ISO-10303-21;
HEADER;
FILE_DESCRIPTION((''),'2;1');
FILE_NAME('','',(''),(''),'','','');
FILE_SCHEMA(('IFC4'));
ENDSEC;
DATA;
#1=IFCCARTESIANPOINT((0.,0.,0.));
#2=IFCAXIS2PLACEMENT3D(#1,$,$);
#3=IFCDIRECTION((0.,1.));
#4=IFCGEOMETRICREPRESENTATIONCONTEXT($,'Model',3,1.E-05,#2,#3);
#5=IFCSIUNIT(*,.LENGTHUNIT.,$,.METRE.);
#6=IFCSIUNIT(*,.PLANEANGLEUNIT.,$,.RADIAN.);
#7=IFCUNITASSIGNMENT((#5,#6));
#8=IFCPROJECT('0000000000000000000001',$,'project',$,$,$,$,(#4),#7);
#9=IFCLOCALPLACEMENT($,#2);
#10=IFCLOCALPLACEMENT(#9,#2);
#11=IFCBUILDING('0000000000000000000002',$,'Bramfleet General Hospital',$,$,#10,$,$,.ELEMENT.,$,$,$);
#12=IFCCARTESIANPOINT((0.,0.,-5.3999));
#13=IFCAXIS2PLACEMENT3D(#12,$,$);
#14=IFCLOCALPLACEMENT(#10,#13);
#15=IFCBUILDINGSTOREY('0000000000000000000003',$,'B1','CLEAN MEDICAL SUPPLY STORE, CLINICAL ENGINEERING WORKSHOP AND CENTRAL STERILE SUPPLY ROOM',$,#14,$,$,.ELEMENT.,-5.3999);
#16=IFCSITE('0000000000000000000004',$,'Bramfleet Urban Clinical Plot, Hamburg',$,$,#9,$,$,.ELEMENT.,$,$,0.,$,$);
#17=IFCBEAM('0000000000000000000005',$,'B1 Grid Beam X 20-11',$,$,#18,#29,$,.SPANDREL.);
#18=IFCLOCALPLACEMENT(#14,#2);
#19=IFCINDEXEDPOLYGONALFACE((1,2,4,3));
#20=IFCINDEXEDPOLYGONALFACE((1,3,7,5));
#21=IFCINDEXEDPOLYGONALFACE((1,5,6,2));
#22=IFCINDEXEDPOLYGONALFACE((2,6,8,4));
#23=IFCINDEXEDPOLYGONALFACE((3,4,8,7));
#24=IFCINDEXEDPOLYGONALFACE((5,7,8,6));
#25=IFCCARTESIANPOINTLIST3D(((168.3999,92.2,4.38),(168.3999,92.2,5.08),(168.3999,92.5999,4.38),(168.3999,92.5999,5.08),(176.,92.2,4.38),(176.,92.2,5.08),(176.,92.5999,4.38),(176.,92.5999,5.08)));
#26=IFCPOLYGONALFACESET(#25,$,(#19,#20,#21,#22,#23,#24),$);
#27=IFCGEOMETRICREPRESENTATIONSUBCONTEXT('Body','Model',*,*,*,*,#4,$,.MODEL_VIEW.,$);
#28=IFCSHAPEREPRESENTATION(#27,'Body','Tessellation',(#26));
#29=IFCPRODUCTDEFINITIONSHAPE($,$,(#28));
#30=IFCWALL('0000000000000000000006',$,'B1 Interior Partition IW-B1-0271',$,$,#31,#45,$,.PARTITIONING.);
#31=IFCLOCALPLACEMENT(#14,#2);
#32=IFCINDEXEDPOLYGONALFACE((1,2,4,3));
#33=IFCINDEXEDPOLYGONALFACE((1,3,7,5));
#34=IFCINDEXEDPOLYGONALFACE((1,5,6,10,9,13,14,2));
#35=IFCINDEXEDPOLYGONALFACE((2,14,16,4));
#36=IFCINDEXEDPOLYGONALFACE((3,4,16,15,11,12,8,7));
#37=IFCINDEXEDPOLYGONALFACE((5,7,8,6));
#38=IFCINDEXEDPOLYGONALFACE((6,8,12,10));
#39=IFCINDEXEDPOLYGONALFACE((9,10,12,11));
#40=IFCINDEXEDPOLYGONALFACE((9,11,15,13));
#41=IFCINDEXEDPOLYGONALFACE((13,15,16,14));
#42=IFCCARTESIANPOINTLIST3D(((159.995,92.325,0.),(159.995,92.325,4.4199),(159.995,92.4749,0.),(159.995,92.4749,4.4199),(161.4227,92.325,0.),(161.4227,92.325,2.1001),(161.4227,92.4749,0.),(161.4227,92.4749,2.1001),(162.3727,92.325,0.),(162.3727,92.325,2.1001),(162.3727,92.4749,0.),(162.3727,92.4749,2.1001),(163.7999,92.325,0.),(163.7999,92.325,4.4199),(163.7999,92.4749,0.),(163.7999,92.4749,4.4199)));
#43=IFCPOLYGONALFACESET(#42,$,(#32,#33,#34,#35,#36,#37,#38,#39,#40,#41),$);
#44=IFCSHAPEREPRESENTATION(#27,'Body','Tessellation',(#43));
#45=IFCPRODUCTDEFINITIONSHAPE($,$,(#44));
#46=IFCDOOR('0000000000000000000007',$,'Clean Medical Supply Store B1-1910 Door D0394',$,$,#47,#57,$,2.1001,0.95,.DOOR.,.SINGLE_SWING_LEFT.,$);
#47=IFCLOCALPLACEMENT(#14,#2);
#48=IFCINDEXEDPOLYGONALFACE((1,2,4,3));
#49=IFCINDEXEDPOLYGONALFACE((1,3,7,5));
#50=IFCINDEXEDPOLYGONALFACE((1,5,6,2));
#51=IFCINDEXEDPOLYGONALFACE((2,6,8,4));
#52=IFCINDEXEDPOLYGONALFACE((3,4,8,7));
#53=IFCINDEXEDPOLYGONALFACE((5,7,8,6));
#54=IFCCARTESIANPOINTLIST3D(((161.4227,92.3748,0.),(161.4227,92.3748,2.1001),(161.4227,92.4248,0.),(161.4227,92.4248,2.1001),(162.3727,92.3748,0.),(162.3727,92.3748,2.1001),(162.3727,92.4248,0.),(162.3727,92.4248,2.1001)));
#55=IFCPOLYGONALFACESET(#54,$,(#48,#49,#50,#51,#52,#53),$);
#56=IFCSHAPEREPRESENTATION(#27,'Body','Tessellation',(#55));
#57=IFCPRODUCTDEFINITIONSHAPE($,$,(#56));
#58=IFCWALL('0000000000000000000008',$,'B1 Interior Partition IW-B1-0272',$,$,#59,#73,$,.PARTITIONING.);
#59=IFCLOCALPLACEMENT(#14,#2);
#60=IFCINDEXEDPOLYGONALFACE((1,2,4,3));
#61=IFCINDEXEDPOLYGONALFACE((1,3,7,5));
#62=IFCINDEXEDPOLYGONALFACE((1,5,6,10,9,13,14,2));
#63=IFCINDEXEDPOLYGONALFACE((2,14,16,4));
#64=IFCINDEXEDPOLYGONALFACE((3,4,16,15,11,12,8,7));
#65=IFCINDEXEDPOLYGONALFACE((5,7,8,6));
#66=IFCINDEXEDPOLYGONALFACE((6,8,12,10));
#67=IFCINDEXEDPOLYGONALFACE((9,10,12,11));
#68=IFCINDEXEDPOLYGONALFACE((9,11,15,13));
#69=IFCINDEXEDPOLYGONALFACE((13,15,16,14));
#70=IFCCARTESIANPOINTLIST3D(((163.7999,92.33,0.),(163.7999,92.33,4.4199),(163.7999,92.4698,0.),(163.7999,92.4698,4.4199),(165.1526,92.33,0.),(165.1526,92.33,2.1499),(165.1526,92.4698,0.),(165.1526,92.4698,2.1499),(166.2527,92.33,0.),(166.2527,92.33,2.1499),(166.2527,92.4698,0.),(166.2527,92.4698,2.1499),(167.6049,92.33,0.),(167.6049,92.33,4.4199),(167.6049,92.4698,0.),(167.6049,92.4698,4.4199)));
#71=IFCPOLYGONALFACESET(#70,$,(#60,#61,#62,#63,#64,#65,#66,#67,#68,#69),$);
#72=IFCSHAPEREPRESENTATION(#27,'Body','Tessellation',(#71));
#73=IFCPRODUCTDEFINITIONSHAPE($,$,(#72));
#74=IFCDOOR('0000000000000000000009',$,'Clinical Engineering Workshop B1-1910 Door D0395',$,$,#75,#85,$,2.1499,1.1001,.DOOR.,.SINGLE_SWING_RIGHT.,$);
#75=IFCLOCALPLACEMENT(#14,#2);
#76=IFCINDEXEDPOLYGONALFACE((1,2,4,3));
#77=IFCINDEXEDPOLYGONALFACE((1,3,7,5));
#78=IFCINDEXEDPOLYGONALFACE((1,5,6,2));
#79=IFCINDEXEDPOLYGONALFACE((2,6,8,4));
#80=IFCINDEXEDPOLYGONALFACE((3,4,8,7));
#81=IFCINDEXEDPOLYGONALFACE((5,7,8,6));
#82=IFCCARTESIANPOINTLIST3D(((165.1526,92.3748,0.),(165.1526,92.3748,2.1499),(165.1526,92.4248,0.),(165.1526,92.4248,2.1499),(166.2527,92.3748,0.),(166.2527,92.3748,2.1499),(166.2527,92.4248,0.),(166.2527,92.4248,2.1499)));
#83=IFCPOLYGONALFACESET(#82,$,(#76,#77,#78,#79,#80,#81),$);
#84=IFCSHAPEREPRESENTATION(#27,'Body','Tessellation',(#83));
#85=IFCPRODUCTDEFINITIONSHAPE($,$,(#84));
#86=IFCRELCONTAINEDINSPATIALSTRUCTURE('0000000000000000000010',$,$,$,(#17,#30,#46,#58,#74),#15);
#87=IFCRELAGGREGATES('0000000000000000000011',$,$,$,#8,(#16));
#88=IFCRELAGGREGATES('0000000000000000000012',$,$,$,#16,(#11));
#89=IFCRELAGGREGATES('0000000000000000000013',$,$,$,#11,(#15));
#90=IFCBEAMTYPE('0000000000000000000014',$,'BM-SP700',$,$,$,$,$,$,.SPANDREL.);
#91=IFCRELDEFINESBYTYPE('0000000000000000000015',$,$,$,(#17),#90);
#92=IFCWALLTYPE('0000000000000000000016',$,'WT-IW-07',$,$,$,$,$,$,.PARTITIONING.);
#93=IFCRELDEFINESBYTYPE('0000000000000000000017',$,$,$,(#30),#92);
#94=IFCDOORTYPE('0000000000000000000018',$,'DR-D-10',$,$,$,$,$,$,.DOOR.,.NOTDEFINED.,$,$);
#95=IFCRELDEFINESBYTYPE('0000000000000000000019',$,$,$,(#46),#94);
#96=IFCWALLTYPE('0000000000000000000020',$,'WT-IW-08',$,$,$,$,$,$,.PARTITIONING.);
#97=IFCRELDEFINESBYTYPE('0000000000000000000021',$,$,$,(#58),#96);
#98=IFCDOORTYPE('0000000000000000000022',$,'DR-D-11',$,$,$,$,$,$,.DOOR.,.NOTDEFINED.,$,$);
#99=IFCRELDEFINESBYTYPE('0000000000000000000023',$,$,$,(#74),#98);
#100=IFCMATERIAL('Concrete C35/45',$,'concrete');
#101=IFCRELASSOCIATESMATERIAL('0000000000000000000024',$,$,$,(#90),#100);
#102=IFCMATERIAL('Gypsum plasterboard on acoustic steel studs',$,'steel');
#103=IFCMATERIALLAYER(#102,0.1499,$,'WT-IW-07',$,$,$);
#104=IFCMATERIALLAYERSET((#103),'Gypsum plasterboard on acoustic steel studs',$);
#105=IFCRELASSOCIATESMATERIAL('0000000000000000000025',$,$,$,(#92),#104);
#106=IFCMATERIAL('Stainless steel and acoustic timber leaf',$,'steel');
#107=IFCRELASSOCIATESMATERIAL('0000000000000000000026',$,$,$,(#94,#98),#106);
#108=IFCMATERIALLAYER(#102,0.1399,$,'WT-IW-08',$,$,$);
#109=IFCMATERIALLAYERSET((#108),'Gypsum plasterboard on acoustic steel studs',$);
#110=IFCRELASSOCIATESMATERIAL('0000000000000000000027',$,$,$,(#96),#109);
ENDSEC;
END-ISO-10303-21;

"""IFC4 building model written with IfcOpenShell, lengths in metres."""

from ifc_helpers import new_model, si_unit, direction, frame, frame_2d, origin, origin_2d, place, context, subcontext, project, spatial, rectangle, extrude, material, layer, layer_set, material_profile, profile_set, type_object, element, fill, save


model = new_model("IFC4")

# Units and contexts
model_context = context("Model", 3, precision=1e-05, world=origin(), true_north=direction((0.0, 1.0)))
body_context = subcontext(model_context, "Body", "Model", "MODEL_VIEW")
ifc_project = project(units=[si_unit("LENGTHUNIT", "METRE"), si_unit("PLANEANGLEUNIT", "RADIAN")], contexts=[model_context])

# Site, building, storey
site_placement = place(None, origin())
site = spatial("IfcSite", under=ifc_project, at=site_placement, Name="Bramfleet Urban Clinical Plot, Hamburg", CompositionType="ELEMENT", RefElevation=0.0)
building_placement = place(site_placement, origin())
building = spatial("IfcBuilding", under=site, at=building_placement, Name="Bramfleet General Hospital", CompositionType="ELEMENT")
storey_placement = place(building_placement, frame((0.0, 0.0, -5.3999)))
storey = spatial("IfcBuildingStorey", under=building, at=storey_placement, Name="B1", Description="CLEAN MEDICAL SUPPLY STORE, CLINICAL ENGINEERING WORKSHOP AND CENTRAL STERILE SUPPLY ROOM", CompositionType="ELEMENT", Elevation=-5.3999)

# Shared definitions
ifc_material_1 = material(Name="Concrete C35/45", Category="concrete")

# Beam
ifc_material_profile_1 = material_profile(ifc_material_1, rectangle(XDim=0.3999, YDim=0.7, at=origin_2d()), Name="RC SP 700x400")
ifc_profile_set_1 = profile_set([ifc_material_profile_1], Name="Concrete C35/45")
beam_type_1 = type_object("IfcBeamType", Name="BM-SP700", PredefinedType="SPANDREL", material=ifc_profile_set_1)
beam_1_placement = place(storey_placement, frame((168.3999, 92.3999, 4.73), z_axis=(1.0, 0.0, 0.0), x_axis=(0.0, 1.0, 0.0)))
element("IfcBeam", 1, at=beam_1_placement, inside=storey, type_object=beam_type_1, Name="B1 Grid Beam X 20-11", PredefinedType="SPANDREL", context=body_context, shape_type="SweptSolid", body=[
    extrude(rectangle(XDim=0.3999, YDim=0.7, at=origin_2d()), origin(), (0.0, 0.0, 1.0), 7.6001),
])

# Walls, openings, doors
ifc_material_2 = material(Name="Gypsum plasterboard on acoustic steel studs", Category="steel")
ifc_layer_1 = layer(ifc_material_2, 0.1499, Name="WT-IW-07")
ifc_layer_set_1 = layer_set([ifc_layer_1], Name="Gypsum plasterboard on acoustic steel studs")
wall_type_1 = type_object("IfcWallType", Name="WT-IW-07", PredefinedType="PARTITIONING", material=ifc_layer_set_1)
wall_1_placement = place(storey_placement, frame((159.9951, 92.3999, 0.0), z_axis=(0.0, 0.0, 1.0), x_axis=(1.0, 0.0, 0.0)))
wall_1 = element("IfcWall", 2, at=wall_1_placement, inside=storey, type_object=wall_type_1, Name="B1 Interior Partition IW-B1-0271", PredefinedType="PARTITIONING", context=body_context, shape_type="SweptSolid", body=[
    extrude(rectangle(XDim=3.8049, YDim=0.1499, at=frame_2d((1.9023, 0.0))), origin(), (0.0, 0.0, 1.0), 4.4199),
])
opening_1_placement = place(wall_1_placement, frame((1.4275, 0.0, 0.0)))
opening_1 = element("IfcOpeningElement", 3, at=opening_1_placement, cuts=wall_1, PredefinedType="OPENING", context=body_context, shape_type="SweptSolid", body=[
    extrude(rectangle(XDim=0.95, YDim=2.1001, at=frame_2d((0.4751, 1.05))), frame((0.0, 0.085, 0.0), z_axis=(0.0, -1.0, 0.0), x_axis=(1.0, 0.0, 0.0)), (0.0, 0.0, 1.0), 0.1699),
])
ifc_material_3 = material(Name="Stainless steel and acoustic timber leaf", Category="steel")
door_type_1 = type_object("IfcDoorType", Name="DR-D-10", OperationType="NOTDEFINED", PredefinedType="DOOR", material=ifc_material_3)
door_1_placement = place(opening_1_placement, origin())
door_1 = element("IfcDoor", 4, at=door_1_placement, inside=storey, type_object=door_type_1, Name="Clean Medical Supply Store B1-1910 Door D0394", OperationType="SINGLE_SWING_LEFT", OverallHeight=2.1001, OverallWidth=0.95, PredefinedType="DOOR", context=body_context, shape_type="SweptSolid", body=[
    extrude(rectangle(XDim=0.95, YDim=2.1001, at=frame_2d((0.4751, 1.05))), frame((0.0, 0.0249, 0.0), z_axis=(0.0, -1.0, 0.0), x_axis=(1.0, 0.0, 0.0)), (0.0, 0.0, 1.0), 0.05),
])
fill(opening_1, door_1)
ifc_layer_2 = layer(ifc_material_2, 0.1399, Name="WT-IW-08")
ifc_layer_set_2 = layer_set([ifc_layer_2], Name="Gypsum plasterboard on acoustic steel studs")
wall_type_2 = type_object("IfcWallType", Name="WT-IW-08", PredefinedType="PARTITIONING", material=ifc_layer_set_2)
wall_2_placement = place(storey_placement, frame((163.8, 92.3999, 0.0), z_axis=(0.0, 0.0, 1.0), x_axis=(1.0, 0.0, 0.0)))
wall_2 = element("IfcWall", 5, at=wall_2_placement, inside=storey, type_object=wall_type_2, Name="B1 Interior Partition IW-B1-0272", PredefinedType="PARTITIONING", context=body_context, shape_type="SweptSolid", body=[
    extrude(rectangle(XDim=3.8049, YDim=0.1399, at=frame_2d((1.9023, 0.0))), origin(), (0.0, 0.0, 1.0), 4.4199),
])
opening_2_placement = place(wall_2_placement, frame((1.3525, 0.0, 0.0)))
opening_2 = element("IfcOpeningElement", 6, at=opening_2_placement, cuts=wall_2, PredefinedType="OPENING", context=body_context, shape_type="SweptSolid", body=[
    extrude(rectangle(XDim=1.1001, YDim=2.1499, at=frame_2d((0.55, 1.075))), frame((0.0, 0.0798, 0.0), z_axis=(0.0, -1.0, 0.0), x_axis=(1.0, 0.0, 0.0)), (0.0, 0.0, 1.0), 0.1599),
])
door_type_2 = type_object("IfcDoorType", Name="DR-D-11", OperationType="NOTDEFINED", PredefinedType="DOOR", material=ifc_material_3)
door_2_placement = place(opening_2_placement, origin())
door_2 = element("IfcDoor", 7, at=door_2_placement, inside=storey, type_object=door_type_2, Name="Clinical Engineering Workshop B1-1910 Door D0395", OperationType="SINGLE_SWING_RIGHT", OverallHeight=2.1499, OverallWidth=1.1001, PredefinedType="DOOR", context=body_context, shape_type="SweptSolid", body=[
    extrude(rectangle(XDim=1.1001, YDim=2.1499, at=frame_2d((0.55, 1.075))), frame((0.0, 0.0249, 0.0), z_axis=(0.0, -1.0, 0.0), x_axis=(1.0, 0.0, 0.0)), (0.0, 0.0, 1.0), 0.05),
])
fill(opening_2, door_2)

save(model, "model.ifc")
